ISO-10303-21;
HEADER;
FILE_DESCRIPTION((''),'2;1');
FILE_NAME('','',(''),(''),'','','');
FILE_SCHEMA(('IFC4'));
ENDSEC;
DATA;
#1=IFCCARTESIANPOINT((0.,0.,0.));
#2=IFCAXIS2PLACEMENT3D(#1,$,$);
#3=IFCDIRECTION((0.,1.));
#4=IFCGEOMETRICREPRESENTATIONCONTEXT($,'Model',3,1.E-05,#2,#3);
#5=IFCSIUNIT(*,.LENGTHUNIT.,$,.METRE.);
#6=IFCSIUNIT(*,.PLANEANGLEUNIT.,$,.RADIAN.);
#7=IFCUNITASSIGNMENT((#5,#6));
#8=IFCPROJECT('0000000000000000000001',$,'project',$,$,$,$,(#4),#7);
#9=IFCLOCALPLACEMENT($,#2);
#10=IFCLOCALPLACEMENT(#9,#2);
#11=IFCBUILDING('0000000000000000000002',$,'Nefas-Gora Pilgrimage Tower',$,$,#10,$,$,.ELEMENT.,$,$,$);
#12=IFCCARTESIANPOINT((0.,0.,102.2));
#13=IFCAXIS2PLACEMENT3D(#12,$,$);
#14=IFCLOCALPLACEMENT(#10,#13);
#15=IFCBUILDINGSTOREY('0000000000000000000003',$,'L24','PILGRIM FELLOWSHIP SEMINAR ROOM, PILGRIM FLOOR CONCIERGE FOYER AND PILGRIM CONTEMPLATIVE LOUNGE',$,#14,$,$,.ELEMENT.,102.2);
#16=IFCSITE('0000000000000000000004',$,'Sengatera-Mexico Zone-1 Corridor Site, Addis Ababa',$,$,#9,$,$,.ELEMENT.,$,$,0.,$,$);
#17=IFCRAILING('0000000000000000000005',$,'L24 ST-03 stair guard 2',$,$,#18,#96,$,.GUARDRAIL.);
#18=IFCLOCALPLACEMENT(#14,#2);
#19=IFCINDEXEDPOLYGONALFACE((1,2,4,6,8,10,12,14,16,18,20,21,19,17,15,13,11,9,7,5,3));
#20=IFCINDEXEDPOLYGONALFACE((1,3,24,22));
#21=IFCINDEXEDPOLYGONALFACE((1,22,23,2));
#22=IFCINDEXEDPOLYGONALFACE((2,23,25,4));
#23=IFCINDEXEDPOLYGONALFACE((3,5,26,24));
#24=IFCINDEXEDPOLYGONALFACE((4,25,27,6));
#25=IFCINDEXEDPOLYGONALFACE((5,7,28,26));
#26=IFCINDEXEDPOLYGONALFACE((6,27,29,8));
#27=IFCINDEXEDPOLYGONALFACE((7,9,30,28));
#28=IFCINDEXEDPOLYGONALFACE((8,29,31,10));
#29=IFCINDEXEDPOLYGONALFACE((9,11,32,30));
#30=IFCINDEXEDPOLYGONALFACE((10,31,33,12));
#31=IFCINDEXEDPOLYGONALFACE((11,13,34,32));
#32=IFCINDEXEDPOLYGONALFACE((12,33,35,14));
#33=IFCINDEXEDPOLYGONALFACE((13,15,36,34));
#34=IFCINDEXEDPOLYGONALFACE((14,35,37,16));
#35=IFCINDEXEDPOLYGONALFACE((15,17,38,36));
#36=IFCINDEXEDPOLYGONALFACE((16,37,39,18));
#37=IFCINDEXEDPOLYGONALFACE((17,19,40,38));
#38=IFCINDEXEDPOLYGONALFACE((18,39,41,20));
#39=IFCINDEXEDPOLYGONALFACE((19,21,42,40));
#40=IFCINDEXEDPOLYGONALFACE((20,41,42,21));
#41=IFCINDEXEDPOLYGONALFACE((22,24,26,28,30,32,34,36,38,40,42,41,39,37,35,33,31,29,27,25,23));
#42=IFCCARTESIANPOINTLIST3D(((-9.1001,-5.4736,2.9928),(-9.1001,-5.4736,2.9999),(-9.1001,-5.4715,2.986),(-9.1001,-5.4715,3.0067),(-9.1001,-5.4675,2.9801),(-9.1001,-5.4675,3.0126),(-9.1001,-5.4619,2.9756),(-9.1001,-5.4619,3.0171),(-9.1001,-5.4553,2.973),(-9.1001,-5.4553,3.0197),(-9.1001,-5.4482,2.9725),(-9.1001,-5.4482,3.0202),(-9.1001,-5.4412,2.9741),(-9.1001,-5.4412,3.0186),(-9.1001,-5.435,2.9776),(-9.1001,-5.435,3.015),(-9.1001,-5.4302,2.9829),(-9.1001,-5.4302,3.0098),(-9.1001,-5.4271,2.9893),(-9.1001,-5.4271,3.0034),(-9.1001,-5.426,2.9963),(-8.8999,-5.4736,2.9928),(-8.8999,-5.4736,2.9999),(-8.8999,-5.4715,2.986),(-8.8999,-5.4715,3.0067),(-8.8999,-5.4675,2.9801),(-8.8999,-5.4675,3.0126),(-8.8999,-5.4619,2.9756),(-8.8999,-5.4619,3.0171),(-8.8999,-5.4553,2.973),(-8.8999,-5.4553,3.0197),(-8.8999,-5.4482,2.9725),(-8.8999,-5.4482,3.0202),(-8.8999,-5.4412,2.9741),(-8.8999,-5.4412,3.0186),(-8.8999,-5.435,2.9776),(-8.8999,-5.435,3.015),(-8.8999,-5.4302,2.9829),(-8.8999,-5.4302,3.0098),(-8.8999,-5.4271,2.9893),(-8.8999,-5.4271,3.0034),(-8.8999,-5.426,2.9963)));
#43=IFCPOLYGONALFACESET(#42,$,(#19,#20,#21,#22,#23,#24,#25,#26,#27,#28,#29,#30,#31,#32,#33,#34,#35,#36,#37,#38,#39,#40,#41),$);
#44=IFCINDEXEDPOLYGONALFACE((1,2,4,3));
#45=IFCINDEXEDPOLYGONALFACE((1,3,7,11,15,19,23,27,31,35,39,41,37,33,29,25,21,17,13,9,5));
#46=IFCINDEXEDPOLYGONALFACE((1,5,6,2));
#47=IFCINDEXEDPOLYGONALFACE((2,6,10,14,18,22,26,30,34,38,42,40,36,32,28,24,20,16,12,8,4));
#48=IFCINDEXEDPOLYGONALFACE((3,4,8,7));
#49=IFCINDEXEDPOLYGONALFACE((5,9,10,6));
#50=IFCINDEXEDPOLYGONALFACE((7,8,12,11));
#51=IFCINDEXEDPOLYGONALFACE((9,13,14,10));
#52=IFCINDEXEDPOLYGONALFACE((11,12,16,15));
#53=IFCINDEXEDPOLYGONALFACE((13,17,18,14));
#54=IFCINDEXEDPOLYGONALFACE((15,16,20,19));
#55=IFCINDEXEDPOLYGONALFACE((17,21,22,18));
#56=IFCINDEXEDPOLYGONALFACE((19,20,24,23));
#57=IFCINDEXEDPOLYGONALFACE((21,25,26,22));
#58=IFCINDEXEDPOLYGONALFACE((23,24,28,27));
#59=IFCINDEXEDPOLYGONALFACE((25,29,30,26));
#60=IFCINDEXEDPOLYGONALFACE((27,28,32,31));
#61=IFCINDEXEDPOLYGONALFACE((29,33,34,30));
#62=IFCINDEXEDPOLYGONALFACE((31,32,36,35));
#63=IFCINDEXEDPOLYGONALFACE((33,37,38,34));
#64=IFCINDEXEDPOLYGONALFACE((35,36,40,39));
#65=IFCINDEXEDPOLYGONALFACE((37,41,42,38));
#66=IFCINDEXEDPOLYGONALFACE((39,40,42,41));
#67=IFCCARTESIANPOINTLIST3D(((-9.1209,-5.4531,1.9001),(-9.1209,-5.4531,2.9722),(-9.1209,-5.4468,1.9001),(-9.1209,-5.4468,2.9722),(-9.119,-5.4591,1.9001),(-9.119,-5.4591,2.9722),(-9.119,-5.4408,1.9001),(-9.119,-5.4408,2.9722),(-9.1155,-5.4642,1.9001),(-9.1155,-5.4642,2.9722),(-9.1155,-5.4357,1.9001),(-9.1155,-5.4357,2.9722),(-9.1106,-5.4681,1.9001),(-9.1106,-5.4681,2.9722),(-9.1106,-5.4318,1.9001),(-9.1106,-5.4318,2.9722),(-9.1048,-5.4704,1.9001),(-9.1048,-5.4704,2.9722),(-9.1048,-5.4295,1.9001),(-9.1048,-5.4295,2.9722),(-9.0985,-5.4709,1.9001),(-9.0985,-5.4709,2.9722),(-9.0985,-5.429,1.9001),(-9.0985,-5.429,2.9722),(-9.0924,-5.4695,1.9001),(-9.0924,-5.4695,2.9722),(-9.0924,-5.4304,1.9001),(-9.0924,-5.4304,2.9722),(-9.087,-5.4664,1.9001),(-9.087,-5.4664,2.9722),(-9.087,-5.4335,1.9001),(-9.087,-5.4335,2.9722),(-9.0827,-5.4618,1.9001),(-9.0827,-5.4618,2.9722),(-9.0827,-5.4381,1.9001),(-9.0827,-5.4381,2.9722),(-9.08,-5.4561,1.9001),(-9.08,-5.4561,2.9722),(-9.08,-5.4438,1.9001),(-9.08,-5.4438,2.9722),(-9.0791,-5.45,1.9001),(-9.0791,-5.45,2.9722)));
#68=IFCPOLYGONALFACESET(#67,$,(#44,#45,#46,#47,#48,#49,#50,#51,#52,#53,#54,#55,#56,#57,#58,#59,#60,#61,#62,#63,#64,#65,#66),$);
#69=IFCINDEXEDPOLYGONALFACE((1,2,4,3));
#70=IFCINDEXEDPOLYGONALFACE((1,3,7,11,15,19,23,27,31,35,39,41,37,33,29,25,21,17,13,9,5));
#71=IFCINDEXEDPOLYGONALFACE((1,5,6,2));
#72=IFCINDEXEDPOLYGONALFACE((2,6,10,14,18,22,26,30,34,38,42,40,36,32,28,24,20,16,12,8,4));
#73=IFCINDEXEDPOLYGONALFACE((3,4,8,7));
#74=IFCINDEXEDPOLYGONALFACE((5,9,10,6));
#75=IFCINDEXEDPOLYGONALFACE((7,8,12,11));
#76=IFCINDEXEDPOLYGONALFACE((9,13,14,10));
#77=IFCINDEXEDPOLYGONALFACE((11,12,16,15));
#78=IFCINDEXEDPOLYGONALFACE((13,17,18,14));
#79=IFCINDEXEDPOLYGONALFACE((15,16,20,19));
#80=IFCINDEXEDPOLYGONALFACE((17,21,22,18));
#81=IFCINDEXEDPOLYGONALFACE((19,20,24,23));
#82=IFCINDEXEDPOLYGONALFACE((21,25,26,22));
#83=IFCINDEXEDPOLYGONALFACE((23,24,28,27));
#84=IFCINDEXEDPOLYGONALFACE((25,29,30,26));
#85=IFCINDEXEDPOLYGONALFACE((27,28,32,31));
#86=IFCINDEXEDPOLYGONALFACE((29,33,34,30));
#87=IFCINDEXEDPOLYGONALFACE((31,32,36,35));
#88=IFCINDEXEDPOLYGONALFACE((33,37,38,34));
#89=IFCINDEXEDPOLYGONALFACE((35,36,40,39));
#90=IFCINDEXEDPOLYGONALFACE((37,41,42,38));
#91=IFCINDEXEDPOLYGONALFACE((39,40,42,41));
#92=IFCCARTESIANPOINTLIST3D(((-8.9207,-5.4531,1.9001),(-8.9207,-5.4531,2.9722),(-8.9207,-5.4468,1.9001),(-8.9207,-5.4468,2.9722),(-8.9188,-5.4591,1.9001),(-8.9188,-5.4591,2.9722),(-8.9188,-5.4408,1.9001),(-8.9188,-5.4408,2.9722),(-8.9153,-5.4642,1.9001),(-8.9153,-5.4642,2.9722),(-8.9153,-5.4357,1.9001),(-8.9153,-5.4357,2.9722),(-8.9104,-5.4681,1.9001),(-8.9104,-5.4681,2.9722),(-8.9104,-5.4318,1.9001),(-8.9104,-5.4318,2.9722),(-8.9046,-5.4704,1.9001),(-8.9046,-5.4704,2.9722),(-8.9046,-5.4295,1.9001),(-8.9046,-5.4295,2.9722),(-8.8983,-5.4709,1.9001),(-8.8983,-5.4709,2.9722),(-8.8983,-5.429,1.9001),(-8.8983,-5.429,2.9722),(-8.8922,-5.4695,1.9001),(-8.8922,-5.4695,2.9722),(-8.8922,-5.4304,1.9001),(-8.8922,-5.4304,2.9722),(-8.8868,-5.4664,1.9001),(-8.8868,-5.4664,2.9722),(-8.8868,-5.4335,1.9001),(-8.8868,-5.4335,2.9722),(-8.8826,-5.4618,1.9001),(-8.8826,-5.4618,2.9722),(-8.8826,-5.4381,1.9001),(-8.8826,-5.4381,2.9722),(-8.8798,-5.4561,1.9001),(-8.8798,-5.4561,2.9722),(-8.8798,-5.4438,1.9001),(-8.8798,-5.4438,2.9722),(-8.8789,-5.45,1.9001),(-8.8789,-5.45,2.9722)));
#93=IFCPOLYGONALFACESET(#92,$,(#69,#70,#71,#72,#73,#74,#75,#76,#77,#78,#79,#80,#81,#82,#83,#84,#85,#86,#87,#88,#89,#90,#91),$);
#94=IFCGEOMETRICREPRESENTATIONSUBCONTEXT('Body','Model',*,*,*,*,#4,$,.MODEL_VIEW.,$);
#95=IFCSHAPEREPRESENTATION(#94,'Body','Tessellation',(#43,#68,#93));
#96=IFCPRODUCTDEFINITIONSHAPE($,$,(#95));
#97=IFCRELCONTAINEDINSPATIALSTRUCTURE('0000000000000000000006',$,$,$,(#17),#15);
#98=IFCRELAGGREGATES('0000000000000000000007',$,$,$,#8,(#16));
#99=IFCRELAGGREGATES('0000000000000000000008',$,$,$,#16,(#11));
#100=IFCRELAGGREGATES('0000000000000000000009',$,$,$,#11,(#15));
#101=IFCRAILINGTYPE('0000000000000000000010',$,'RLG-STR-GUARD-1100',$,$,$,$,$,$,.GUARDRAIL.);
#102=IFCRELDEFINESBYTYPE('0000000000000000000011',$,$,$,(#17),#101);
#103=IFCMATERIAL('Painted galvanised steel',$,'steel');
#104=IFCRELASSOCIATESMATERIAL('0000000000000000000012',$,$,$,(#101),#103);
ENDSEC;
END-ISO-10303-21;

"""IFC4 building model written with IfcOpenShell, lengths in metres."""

from ifc_helpers import new_model, si_unit, direction, frame, origin, origin_2d, place, context, subcontext, project, spatial, circle, extrude, material, type_object, element, save


model = new_model("IFC4")

# Units and contexts
model_context = context("Model", 3, precision=1e-05, world=origin(), true_north=direction((0.0, 1.0)))
body_context = subcontext(model_context, "Body", "Model", "MODEL_VIEW")
ifc_project = project(units=[si_unit("LENGTHUNIT", "METRE"), si_unit("PLANEANGLEUNIT", "RADIAN")], contexts=[model_context])

# Site, building, storey
site_placement = place(None, origin())
site = spatial("IfcSite", under=ifc_project, at=site_placement, Name="Sengatera-Mexico Zone-1 Corridor Site, Addis Ababa", CompositionType="ELEMENT", RefElevation=0.0)
building_placement = place(site_placement, origin())
building = spatial("IfcBuilding", under=site, at=building_placement, Name="Nefas-Gora Pilgrimage Tower", CompositionType="ELEMENT")
storey_placement = place(building_placement, frame((0.0, 0.0, 102.2)))
storey = spatial("IfcBuildingStorey", under=building, at=storey_placement, Name="L24", Description="PILGRIM FELLOWSHIP SEMINAR ROOM, PILGRIM FLOOR CONCIERGE FOYER AND PILGRIM CONTEMPLATIVE LOUNGE", CompositionType="ELEMENT", Elevation=102.2)

# Railing
ifc_material_1 = material(Name="Painted galvanised steel", Category="steel")
railing_type_1 = type_object("IfcRailingType", Name="RLG-STR-GUARD-1100", PredefinedType="GUARDRAIL", material=ifc_material_1)
railing_1_placement = place(storey_placement, frame((-9.1001, -5.45, 1.9001)))
element("IfcRailing", 1, at=railing_1_placement, inside=storey, type_object=railing_type_1, Name="L24 ST-03 stair guard 2", PredefinedType="GUARDRAIL", context=body_context, shape_type="SweptSolid", body=[
    extrude(circle(Radius=0.0239, at=origin_2d()), frame((0.0, 0.0, 1.0962), z_axis=(1.0, 0.0, 0.0), x_axis=(0.0, 1.0, 0.0)), (0.0, 0.0, 1.0), 0.2002),
    extrude(circle(Radius=0.021, at=origin_2d()), origin(), (0.0, 0.0, 1.0), 1.072),
    extrude(circle(Radius=0.021, at=origin_2d()), frame((0.2002, 0.0, 0.0)), (0.0, 0.0, 1.0), 1.072),
])

save(model, "model.ifc")
